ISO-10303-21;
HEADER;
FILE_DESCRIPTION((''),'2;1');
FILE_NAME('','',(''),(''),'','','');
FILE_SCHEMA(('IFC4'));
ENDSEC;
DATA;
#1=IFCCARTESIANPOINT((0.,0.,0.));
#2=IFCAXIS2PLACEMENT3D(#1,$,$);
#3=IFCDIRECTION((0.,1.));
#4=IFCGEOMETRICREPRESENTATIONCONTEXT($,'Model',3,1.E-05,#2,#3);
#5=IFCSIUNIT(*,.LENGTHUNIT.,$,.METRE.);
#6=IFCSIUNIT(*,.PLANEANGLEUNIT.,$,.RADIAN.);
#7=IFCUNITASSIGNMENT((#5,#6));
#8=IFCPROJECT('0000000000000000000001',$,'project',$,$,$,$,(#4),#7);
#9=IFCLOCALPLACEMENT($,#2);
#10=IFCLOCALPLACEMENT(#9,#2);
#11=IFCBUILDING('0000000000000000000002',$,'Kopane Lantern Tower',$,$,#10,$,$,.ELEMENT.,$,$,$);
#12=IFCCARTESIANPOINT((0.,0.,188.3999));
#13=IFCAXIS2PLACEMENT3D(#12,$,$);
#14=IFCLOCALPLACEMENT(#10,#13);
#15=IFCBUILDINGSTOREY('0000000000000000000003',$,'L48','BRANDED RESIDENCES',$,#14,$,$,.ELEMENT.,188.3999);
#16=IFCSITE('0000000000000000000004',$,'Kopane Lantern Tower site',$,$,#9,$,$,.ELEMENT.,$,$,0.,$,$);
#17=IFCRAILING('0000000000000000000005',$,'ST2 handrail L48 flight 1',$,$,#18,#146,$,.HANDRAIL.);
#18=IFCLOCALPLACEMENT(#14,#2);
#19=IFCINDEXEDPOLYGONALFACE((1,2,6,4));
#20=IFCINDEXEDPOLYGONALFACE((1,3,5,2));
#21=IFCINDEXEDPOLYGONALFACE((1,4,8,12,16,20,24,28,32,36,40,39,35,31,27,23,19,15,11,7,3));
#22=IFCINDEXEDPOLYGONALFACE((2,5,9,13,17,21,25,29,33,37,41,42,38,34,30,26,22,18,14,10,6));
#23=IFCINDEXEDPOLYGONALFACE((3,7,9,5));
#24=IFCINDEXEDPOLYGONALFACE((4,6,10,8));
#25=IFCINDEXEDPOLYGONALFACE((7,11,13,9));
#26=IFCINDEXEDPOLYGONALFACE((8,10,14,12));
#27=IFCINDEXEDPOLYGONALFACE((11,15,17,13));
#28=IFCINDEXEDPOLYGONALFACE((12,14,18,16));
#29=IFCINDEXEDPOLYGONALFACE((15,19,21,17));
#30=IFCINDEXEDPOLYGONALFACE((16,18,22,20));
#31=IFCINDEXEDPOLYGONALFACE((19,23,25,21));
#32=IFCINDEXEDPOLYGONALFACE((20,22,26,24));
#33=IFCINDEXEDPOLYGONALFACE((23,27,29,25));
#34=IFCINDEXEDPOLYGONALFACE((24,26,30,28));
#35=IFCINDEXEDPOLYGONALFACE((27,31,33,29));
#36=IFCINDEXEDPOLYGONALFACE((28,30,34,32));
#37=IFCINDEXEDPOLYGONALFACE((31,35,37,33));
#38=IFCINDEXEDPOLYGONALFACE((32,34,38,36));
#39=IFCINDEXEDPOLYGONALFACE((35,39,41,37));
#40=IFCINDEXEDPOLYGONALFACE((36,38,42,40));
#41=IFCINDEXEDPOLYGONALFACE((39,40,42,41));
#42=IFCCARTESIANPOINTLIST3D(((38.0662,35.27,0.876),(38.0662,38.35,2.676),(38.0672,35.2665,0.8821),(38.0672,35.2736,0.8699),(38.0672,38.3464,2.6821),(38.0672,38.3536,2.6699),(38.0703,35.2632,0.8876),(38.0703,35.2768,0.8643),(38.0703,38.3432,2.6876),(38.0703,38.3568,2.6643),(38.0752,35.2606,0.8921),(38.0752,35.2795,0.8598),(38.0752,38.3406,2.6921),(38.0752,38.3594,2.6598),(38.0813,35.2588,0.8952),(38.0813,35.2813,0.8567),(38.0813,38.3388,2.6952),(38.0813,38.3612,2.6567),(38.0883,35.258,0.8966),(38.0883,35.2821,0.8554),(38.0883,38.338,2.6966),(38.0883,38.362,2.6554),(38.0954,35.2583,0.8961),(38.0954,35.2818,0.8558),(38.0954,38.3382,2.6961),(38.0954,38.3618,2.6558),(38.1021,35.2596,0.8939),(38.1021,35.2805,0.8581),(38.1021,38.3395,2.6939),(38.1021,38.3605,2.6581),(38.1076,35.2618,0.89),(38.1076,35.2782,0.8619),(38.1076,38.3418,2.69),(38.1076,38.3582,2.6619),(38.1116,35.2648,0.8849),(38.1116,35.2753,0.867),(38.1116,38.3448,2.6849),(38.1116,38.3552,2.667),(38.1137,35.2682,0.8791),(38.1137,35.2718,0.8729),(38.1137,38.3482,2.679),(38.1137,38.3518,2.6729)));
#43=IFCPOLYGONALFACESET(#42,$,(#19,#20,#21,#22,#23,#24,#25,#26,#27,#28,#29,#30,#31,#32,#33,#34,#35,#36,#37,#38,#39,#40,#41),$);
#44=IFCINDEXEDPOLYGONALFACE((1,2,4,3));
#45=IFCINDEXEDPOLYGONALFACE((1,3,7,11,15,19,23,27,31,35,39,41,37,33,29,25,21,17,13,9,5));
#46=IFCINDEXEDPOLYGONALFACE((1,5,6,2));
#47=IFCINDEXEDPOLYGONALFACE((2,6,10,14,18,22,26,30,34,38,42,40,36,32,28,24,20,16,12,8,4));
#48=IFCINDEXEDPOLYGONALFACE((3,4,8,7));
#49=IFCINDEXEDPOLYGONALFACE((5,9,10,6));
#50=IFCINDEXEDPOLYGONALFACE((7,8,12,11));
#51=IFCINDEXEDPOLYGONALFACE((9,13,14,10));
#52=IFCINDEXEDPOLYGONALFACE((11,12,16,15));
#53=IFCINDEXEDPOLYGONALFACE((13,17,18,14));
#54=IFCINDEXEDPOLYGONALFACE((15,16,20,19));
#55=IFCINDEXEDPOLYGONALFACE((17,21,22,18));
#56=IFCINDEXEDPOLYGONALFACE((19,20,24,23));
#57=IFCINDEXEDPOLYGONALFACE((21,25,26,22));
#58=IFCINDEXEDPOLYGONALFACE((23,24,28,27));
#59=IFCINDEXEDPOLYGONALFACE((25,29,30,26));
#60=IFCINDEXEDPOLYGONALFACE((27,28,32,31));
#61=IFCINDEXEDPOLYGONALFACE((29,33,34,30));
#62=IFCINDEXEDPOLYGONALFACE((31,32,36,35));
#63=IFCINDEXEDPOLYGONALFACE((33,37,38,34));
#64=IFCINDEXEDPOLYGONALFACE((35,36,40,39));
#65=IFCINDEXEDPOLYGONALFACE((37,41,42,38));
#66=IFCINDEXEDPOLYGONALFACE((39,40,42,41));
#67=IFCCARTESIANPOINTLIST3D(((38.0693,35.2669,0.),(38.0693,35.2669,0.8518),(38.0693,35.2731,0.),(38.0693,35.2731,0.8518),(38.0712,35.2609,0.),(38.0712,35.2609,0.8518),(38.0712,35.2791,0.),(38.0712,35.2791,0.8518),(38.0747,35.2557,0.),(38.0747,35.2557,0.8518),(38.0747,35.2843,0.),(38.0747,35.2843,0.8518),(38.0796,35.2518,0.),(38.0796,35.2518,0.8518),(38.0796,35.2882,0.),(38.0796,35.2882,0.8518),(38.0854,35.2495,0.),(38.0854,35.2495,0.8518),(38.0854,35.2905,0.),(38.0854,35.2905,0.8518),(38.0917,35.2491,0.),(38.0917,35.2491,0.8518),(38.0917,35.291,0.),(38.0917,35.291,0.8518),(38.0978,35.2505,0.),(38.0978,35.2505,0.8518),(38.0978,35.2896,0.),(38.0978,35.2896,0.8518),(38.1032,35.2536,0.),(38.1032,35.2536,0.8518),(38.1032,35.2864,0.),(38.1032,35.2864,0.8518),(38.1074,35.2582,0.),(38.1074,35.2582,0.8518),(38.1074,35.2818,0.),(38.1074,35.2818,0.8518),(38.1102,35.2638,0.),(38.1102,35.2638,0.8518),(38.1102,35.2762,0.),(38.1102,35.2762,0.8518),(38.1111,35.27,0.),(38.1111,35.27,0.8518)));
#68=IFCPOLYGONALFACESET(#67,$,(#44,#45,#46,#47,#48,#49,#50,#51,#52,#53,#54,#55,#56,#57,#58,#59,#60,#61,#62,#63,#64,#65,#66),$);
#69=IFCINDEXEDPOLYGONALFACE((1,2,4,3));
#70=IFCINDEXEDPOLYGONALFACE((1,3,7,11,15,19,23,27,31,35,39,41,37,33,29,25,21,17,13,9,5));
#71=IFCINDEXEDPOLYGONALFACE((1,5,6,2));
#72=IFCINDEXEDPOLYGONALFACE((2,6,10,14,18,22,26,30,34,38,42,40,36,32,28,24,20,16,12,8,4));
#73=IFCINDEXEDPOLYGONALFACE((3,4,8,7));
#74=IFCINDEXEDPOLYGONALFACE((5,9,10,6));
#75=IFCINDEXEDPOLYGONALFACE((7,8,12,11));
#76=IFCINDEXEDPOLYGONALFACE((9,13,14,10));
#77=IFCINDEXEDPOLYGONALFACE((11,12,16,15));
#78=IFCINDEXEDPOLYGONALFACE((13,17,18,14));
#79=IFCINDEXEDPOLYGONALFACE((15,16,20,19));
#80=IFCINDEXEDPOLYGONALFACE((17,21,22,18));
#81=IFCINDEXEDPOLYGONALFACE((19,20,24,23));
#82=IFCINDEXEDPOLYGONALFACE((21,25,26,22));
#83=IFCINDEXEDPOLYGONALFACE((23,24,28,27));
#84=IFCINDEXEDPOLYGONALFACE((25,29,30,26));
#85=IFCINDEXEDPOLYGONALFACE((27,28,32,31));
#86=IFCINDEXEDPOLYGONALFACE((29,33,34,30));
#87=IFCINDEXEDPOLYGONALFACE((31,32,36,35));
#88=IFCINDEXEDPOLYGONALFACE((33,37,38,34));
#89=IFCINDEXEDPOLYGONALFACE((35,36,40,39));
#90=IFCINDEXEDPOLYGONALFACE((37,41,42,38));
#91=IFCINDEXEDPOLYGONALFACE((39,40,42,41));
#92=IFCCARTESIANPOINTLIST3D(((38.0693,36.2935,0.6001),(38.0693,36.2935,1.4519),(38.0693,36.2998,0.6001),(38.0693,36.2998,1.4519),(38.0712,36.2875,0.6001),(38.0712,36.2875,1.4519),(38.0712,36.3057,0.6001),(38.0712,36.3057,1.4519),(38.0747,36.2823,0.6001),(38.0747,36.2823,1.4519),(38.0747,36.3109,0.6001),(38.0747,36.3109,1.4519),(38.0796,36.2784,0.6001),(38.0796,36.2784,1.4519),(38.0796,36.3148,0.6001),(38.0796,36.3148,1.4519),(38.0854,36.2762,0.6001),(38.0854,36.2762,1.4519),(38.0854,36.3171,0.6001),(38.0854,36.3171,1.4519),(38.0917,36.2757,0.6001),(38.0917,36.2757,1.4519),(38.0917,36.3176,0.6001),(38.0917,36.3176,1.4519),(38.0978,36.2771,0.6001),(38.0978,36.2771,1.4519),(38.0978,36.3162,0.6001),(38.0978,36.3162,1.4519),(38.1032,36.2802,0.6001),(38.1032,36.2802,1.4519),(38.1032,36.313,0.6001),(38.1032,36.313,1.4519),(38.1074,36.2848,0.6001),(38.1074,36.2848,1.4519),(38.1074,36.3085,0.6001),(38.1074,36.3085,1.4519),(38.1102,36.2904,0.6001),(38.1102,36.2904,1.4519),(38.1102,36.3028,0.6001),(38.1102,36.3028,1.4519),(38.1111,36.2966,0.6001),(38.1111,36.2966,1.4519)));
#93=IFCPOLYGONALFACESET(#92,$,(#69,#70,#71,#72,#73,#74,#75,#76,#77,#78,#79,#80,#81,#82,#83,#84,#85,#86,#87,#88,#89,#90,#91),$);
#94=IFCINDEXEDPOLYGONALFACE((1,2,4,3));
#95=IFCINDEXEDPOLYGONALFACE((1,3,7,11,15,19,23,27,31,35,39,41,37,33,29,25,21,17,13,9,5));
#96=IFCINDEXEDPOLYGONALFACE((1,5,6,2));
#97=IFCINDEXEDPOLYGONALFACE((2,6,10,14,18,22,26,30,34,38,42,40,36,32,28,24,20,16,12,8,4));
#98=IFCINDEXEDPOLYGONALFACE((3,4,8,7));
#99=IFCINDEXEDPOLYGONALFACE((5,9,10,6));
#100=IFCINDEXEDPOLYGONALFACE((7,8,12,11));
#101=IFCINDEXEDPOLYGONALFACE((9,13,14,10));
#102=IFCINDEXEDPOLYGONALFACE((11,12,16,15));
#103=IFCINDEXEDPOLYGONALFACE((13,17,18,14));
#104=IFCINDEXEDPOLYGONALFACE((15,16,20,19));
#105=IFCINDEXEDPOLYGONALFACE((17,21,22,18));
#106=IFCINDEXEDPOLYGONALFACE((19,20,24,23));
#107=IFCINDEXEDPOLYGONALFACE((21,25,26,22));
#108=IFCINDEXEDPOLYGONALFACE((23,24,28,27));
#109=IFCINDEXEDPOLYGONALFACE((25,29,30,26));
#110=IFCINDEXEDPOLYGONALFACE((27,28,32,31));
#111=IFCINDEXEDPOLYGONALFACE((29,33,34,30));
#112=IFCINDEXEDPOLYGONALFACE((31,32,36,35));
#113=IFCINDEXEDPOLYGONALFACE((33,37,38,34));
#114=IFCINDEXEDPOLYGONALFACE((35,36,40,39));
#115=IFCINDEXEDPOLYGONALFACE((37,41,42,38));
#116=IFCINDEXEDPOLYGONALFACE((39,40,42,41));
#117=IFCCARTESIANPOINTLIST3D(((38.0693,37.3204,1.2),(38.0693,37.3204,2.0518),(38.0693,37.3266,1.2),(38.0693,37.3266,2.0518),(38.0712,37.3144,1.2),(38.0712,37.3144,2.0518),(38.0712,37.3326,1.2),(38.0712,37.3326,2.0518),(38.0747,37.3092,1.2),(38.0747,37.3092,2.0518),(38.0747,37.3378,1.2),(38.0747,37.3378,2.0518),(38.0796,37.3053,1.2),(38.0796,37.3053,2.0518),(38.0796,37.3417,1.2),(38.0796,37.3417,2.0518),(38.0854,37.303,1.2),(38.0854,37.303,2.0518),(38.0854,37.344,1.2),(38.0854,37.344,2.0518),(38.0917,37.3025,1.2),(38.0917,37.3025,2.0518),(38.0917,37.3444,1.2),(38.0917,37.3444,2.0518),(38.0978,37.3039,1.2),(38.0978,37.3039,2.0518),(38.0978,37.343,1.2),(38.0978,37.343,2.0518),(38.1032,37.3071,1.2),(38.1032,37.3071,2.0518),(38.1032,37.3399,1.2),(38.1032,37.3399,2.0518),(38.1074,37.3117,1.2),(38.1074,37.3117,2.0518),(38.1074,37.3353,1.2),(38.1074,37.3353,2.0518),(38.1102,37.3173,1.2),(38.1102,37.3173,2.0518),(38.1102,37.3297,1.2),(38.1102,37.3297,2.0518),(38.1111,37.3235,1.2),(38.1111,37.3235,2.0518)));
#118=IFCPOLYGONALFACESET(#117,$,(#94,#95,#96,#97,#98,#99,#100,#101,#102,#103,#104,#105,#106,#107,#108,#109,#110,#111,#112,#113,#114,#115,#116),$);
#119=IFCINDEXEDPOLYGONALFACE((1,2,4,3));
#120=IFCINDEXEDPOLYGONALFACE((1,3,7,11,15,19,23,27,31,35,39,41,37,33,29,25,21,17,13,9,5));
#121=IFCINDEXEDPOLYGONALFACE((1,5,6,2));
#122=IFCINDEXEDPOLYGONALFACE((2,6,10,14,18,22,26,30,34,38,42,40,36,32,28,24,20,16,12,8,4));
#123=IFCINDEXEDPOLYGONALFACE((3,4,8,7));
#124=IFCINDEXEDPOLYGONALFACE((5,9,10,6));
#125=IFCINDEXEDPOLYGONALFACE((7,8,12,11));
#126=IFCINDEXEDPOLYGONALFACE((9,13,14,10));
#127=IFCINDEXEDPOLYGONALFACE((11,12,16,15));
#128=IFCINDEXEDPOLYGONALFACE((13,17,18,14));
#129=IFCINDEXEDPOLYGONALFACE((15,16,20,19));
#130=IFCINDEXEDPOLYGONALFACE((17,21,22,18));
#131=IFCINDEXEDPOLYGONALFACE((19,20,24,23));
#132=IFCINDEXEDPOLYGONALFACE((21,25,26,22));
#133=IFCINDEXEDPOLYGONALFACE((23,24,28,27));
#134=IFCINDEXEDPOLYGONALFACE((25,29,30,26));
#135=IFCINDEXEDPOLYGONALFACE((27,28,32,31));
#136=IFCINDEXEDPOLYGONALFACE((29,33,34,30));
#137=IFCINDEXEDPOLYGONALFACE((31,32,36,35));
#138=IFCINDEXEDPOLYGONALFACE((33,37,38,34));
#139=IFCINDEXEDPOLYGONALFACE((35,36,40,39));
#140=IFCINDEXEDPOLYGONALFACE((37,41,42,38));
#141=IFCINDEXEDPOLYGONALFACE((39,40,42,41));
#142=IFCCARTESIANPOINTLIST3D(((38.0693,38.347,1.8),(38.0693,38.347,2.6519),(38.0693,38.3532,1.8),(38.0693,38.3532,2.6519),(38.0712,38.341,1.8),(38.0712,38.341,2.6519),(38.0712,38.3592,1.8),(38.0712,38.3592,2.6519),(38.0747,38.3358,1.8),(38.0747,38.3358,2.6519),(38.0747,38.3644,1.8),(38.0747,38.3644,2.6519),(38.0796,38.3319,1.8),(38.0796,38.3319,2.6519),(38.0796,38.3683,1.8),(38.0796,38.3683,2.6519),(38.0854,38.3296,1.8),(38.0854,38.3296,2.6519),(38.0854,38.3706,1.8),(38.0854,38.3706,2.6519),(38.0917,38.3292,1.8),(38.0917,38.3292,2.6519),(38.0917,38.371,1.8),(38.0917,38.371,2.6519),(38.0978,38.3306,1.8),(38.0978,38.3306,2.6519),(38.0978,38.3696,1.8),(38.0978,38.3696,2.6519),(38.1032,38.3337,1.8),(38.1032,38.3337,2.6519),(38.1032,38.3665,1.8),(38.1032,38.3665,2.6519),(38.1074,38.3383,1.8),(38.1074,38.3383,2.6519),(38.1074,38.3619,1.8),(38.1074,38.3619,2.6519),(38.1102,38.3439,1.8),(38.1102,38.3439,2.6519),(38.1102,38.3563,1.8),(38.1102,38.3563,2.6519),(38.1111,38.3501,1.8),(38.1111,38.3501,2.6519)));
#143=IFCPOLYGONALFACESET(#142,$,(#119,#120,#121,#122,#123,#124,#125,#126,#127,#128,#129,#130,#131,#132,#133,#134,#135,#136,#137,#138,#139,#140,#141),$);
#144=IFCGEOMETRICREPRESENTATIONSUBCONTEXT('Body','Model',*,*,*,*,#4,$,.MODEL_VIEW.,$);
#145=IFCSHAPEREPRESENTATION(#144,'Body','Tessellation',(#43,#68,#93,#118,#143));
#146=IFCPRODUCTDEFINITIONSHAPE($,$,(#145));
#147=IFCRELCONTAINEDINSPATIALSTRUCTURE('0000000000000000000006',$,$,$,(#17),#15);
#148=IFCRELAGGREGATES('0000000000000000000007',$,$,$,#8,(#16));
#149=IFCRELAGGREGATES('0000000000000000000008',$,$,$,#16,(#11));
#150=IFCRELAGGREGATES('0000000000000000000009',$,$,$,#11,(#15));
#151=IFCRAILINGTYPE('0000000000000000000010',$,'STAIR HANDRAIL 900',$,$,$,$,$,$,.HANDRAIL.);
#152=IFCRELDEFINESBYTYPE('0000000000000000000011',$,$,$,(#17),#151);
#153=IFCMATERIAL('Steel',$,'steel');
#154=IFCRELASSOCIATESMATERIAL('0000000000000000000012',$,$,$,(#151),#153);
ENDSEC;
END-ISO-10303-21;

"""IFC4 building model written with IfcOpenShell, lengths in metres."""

from ifc_helpers import new_model, si_unit, direction, frame, origin, origin_2d, place, context, subcontext, project, spatial, circle, extrude, material, type_object, element, save


model = new_model("IFC4")

# Units and contexts
model_context = context("Model", 3, precision=1e-05, world=origin(), true_north=direction((0.0, 1.0)))
body_context = subcontext(model_context, "Body", "Model", "MODEL_VIEW")
ifc_project = project(units=[si_unit("LENGTHUNIT", "METRE"), si_unit("PLANEANGLEUNIT", "RADIAN")], contexts=[model_context])

# Site, building, storey
site_placement = place(None, origin())
site = spatial("IfcSite", under=ifc_project, at=site_placement, Name="Kopane Lantern Tower site", CompositionType="ELEMENT", RefElevation=0.0)
building_placement = place(site_placement, origin())
building = spatial("IfcBuilding", under=site, at=building_placement, Name="Kopane Lantern Tower", CompositionType="ELEMENT")
storey_placement = place(building_placement, frame((0.0, 0.0, 188.3999)))
storey = spatial("IfcBuildingStorey", under=building, at=storey_placement, Name="L48", Description="BRANDED RESIDENCES", CompositionType="ELEMENT", Elevation=188.3999)

# Railing
ifc_material_1 = material(Name="Steel", Category="steel")
railing_type_1 = type_object("IfcRailingType", Name="STAIR HANDRAIL 900", PredefinedType="HANDRAIL", material=ifc_material_1)
for number, where, name in (
    (1, (38.0901, 35.27, 0.0), "ST2 handrail L48 flight 1"),
):
    element("IfcRailing", number, at=place(storey_placement, frame(where)), inside=storey, type_object=railing_type_1, Name=name, PredefinedType="HANDRAIL", context=body_context, shape_type="SweptSolid", body=[
        extrude(circle(Radius=0.0239, at=origin_2d()), frame((0.0, 0.0, 0.876), z_axis=(0.0, 0.863372, 0.504569), x_axis=(-1.0, 0.0, 0.0)), (0.0, 0.0, 1.0), 3.5674),
        extrude(circle(Radius=0.021, at=origin_2d()), origin(), (0.0, 0.0, 1.0), 0.8518),
        extrude(circle(Radius=0.021, at=origin_2d()), frame((0.0, 1.0266, 0.6001)), (0.0, 0.0, 1.0), 0.8518),
        extrude(circle(Radius=0.021, at=origin_2d()), frame((0.0, 2.0535, 1.2)), (0.0, 0.0, 1.0), 0.8518),
        extrude(circle(Radius=0.021, at=origin_2d()), frame((0.0, 3.0801, 1.8)), (0.0, 0.0, 1.0), 0.8518),
    ])

save(model, "model.ifc")
